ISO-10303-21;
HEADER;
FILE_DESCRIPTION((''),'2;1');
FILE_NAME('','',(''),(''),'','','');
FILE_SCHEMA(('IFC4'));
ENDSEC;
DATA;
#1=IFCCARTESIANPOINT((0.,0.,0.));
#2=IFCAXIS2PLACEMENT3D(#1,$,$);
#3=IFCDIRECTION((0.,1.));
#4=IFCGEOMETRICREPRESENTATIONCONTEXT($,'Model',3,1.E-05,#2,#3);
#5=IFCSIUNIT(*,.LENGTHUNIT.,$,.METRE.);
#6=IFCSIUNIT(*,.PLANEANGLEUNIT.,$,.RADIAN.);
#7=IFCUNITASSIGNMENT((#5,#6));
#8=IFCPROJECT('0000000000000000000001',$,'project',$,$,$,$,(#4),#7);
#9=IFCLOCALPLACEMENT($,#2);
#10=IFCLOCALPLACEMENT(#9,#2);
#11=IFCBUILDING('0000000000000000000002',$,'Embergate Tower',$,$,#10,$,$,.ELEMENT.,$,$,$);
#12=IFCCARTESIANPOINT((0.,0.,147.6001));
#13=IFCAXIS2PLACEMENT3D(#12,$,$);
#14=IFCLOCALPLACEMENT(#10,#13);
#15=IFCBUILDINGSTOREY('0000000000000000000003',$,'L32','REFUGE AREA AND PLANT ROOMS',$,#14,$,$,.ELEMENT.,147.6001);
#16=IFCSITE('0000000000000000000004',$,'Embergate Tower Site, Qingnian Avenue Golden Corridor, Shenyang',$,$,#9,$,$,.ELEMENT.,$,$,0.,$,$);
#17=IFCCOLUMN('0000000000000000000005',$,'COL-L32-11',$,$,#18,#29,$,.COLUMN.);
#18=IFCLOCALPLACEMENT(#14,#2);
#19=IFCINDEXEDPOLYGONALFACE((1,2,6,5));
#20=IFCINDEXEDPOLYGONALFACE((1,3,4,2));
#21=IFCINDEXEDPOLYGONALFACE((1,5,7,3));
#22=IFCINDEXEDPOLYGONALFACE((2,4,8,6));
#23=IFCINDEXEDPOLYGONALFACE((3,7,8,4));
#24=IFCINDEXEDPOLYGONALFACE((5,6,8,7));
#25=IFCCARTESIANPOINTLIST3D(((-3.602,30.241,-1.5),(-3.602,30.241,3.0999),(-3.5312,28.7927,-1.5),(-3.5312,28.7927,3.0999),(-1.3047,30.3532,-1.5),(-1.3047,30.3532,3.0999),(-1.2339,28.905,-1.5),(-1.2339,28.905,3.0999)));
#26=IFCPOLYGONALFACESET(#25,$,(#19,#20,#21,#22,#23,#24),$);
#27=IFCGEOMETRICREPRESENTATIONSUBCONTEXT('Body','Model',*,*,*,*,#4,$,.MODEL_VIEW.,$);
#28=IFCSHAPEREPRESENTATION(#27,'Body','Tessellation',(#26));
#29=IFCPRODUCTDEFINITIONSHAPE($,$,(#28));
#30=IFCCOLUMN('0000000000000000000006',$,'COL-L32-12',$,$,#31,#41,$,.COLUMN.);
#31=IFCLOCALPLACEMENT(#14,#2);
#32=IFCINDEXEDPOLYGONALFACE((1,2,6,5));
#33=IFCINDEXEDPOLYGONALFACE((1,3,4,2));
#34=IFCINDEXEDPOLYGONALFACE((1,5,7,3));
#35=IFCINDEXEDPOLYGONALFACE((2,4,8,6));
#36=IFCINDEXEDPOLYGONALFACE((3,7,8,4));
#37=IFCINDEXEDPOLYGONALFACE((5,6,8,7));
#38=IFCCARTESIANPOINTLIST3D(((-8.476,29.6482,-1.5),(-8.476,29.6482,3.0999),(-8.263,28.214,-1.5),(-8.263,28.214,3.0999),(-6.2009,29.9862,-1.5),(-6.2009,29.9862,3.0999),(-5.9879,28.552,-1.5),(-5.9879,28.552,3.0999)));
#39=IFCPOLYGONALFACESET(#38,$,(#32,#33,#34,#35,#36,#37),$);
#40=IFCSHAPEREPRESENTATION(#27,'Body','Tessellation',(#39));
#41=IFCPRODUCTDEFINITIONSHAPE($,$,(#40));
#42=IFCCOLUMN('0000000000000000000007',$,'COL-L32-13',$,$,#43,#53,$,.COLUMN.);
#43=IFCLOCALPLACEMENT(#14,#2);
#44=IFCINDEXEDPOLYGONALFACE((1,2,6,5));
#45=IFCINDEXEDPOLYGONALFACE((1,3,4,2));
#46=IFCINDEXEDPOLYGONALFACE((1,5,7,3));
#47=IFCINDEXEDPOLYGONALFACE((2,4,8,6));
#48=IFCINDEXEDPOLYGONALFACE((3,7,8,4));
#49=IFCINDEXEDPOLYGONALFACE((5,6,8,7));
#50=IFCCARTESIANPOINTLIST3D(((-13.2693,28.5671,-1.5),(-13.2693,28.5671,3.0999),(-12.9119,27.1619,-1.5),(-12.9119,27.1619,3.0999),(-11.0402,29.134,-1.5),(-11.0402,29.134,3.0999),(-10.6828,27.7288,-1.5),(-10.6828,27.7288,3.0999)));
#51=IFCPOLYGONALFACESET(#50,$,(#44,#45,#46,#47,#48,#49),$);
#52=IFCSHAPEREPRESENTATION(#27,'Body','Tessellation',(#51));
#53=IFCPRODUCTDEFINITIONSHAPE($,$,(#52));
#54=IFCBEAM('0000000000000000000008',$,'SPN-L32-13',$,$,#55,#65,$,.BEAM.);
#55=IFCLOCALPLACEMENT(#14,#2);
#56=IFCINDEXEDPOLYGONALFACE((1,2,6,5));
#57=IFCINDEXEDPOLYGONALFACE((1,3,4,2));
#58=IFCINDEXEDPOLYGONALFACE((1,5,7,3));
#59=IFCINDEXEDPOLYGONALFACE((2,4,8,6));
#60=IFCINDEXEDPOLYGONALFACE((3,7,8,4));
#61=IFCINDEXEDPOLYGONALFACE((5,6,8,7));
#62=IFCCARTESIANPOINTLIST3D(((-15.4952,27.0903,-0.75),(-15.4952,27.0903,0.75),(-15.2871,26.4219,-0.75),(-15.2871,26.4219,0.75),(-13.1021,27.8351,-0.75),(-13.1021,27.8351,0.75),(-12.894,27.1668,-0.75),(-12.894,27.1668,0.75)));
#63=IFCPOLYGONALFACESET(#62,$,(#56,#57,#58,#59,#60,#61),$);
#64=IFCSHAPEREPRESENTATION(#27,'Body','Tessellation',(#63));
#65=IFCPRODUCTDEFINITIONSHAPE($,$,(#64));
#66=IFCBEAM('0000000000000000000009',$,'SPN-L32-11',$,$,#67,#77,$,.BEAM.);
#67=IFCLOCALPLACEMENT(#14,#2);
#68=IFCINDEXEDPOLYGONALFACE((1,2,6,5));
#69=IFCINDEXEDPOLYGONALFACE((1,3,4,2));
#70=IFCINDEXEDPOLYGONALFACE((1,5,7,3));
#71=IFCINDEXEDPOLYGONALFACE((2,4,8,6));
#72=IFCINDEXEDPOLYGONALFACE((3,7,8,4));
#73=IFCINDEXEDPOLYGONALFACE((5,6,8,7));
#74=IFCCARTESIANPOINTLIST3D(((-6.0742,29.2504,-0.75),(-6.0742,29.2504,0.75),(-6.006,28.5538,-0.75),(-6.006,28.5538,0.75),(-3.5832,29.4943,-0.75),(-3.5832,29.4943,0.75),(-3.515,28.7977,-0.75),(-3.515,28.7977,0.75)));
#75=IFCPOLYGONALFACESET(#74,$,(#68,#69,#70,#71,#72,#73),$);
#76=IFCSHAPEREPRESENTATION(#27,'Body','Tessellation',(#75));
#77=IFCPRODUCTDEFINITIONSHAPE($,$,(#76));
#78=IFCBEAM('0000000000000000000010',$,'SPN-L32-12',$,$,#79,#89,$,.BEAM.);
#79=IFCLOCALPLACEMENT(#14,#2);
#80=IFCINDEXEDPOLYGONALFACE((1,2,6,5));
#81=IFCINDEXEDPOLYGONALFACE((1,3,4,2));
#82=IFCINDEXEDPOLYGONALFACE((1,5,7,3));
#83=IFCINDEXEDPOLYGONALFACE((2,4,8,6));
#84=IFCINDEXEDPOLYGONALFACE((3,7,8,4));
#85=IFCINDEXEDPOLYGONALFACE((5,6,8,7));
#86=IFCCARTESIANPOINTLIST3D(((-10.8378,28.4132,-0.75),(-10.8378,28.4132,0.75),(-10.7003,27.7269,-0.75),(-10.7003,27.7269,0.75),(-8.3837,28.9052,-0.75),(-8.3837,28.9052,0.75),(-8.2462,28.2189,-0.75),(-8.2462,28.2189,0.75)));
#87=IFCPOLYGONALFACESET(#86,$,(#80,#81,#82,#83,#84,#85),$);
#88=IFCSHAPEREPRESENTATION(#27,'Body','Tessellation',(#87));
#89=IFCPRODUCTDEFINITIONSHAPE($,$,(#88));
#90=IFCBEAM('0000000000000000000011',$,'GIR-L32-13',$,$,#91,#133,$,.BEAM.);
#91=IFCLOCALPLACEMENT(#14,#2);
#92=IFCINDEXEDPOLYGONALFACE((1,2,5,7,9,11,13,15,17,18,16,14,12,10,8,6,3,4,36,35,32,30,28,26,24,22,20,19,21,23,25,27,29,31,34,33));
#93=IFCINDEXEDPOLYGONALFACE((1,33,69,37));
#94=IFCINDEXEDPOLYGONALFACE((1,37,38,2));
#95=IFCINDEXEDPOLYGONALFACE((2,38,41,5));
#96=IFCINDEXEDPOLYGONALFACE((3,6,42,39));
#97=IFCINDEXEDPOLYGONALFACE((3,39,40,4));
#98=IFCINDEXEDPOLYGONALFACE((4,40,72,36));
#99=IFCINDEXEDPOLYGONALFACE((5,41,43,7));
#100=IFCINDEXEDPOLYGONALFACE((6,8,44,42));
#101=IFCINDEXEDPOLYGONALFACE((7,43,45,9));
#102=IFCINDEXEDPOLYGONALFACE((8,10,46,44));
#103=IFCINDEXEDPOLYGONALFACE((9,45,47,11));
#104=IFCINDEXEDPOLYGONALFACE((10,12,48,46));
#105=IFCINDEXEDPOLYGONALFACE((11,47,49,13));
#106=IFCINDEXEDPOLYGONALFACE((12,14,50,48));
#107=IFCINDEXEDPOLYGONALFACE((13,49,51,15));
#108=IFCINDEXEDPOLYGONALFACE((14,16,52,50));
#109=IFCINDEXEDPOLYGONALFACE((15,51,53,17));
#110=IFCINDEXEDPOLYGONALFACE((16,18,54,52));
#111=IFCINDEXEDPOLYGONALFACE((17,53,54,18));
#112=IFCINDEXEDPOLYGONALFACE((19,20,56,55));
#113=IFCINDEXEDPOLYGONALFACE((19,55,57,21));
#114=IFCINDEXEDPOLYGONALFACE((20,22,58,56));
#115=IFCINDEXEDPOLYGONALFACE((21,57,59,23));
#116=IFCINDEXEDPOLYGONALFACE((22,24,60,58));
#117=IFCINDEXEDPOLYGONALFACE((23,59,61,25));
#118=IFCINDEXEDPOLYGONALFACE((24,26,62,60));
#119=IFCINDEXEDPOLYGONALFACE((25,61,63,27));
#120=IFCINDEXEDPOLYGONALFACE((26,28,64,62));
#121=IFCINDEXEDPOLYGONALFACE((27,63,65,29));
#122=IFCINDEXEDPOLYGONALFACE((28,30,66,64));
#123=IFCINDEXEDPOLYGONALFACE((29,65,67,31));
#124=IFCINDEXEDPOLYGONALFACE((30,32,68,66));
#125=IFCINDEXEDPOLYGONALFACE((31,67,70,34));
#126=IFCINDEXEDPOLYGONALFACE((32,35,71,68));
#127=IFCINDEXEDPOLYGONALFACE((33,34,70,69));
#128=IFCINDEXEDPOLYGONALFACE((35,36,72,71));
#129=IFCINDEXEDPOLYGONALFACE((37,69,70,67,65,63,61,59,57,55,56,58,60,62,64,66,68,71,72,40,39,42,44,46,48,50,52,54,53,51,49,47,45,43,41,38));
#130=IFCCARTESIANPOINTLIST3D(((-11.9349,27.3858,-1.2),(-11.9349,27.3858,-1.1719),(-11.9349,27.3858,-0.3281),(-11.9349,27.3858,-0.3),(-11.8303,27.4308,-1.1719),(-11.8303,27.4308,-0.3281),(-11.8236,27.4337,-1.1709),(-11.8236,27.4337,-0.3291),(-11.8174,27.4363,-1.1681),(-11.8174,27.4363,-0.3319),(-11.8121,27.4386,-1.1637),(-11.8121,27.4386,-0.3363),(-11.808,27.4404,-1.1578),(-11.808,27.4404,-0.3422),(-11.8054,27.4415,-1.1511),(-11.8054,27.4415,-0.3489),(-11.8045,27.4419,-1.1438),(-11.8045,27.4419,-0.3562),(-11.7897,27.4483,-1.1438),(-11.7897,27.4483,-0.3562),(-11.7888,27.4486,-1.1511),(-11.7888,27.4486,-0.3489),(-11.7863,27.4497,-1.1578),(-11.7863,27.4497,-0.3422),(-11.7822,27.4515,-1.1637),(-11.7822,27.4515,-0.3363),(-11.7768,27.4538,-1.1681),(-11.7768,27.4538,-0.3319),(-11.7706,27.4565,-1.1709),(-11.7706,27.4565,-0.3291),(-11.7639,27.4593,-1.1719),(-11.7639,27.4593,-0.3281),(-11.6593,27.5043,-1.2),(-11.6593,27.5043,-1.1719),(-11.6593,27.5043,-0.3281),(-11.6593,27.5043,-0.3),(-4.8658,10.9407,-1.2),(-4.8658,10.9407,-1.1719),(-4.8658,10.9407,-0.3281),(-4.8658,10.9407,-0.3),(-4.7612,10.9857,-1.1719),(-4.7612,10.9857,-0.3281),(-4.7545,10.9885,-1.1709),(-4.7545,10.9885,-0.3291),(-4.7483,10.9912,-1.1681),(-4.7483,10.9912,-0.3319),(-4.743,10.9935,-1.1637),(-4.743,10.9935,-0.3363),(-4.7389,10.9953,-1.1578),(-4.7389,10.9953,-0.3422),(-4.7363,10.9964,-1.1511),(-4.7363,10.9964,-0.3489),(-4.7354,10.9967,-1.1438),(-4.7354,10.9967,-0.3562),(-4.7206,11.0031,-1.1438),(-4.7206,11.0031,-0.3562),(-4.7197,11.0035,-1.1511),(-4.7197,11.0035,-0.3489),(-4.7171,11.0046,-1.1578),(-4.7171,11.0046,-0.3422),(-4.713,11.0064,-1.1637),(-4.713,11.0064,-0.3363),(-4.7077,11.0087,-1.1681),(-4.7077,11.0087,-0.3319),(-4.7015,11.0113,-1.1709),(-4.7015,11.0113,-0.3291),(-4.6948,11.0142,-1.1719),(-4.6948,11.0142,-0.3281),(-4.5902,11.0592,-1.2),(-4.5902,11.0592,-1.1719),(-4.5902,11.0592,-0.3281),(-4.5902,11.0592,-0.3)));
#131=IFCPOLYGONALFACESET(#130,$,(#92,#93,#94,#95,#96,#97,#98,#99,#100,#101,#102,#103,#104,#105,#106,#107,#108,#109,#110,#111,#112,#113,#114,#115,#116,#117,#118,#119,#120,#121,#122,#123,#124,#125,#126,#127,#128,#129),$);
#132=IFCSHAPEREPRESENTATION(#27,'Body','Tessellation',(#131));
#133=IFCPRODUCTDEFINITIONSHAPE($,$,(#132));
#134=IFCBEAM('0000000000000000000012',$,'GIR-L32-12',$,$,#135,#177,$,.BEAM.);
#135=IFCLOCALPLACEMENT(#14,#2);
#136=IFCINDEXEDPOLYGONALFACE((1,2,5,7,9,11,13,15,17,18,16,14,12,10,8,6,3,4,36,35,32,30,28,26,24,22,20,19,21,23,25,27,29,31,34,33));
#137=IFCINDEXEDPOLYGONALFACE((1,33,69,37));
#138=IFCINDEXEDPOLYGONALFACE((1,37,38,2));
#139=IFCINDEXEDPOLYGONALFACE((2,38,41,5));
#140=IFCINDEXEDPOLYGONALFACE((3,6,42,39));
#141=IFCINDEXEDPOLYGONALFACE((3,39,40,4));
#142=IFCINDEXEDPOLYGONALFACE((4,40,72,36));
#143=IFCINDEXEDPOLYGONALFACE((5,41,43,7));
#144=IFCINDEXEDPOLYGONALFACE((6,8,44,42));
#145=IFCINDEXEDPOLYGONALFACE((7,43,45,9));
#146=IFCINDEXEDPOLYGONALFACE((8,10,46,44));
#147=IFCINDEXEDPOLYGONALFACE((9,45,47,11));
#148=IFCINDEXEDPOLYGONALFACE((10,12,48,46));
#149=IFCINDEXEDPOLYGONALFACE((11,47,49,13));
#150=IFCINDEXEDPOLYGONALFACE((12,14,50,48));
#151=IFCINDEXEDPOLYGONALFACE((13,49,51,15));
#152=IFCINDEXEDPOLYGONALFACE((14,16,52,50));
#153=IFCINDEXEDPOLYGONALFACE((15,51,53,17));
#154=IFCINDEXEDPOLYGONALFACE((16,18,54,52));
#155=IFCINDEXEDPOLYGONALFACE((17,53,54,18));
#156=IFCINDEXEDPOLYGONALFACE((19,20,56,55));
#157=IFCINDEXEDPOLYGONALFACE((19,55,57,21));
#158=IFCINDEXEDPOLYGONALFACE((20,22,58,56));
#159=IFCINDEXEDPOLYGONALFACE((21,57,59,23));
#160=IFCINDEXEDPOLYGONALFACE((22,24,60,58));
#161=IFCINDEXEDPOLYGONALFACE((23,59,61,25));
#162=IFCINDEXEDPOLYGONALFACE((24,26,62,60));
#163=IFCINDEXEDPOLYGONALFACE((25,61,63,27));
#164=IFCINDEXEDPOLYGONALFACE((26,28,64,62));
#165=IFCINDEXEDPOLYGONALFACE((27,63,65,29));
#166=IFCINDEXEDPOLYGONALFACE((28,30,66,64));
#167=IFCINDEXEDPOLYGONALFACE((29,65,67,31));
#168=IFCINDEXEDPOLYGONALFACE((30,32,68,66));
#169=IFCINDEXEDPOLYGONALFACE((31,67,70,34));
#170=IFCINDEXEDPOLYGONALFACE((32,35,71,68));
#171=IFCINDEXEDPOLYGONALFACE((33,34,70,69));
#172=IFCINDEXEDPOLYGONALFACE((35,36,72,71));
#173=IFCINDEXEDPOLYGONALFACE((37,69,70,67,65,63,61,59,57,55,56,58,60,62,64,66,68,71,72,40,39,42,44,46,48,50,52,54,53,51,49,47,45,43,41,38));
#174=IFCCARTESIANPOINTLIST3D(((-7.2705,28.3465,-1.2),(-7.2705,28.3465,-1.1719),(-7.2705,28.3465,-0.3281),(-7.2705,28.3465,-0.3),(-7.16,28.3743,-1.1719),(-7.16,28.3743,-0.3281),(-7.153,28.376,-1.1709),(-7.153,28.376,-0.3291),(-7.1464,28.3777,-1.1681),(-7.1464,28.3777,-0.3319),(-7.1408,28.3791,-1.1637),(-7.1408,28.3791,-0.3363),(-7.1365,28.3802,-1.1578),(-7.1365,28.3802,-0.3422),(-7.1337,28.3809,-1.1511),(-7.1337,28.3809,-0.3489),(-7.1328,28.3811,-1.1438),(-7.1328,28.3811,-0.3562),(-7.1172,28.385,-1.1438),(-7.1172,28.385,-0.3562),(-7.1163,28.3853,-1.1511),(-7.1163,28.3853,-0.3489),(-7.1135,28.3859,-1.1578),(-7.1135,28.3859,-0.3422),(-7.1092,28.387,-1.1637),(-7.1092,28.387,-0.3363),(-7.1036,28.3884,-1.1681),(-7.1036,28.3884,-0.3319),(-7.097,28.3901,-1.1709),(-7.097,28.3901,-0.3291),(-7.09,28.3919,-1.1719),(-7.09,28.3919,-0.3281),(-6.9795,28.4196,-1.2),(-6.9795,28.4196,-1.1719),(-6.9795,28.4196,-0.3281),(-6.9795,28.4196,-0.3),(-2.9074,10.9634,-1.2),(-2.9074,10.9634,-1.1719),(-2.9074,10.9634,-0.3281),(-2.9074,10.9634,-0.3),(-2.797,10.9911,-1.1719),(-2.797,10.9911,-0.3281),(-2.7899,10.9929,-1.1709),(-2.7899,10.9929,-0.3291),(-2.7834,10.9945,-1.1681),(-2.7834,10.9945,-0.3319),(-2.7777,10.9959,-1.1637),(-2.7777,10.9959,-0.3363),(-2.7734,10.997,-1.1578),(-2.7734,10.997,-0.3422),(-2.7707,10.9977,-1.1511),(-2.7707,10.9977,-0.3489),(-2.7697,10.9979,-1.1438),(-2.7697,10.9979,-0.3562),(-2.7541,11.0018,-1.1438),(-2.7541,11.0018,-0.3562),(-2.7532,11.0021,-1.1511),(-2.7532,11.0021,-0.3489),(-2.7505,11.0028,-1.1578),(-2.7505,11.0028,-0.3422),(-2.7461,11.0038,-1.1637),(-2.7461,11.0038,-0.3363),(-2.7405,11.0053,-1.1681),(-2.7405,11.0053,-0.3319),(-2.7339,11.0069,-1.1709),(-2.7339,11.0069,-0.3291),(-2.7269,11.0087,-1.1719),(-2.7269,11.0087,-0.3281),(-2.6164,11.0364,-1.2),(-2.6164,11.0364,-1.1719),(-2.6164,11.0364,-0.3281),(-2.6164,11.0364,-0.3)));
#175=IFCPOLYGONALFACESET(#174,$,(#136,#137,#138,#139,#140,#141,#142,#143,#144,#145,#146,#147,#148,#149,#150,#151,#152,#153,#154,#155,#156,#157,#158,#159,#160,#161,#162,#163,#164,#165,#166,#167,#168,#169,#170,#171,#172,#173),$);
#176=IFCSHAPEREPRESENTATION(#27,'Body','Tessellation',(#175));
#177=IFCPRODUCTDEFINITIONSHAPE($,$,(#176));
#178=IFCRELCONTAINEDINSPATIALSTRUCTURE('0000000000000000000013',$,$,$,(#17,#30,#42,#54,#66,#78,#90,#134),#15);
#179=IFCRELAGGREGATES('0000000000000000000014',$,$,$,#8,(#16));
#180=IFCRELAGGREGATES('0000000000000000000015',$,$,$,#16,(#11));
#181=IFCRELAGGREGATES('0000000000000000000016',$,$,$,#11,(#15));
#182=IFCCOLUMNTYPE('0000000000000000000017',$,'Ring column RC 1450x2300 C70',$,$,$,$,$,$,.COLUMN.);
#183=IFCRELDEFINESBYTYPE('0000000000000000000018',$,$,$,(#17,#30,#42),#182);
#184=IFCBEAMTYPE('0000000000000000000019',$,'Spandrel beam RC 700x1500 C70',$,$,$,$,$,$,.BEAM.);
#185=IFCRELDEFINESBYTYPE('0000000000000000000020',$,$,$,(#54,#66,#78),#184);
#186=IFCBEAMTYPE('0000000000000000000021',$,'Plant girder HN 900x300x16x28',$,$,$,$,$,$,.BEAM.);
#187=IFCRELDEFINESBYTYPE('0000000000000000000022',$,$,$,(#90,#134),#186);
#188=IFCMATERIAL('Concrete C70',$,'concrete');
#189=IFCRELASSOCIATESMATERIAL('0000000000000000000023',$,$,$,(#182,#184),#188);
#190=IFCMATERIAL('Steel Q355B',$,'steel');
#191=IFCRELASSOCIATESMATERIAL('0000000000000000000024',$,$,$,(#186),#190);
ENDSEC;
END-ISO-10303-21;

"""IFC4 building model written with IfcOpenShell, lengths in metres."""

from ifc_helpers import new_model, si_unit, direction, frame, origin, origin_2d, place, context, subcontext, project, spatial, rectangle, i_section, extrude, source, transform, mapped, material, material_profile, profile_set, type_object, element, save


model = new_model("IFC4")

# Units and contexts
model_context = context("Model", 3, precision=1e-05, world=origin(), true_north=direction((0.0, 1.0)))
body_context = subcontext(model_context, "Body", "Model", "MODEL_VIEW")
ifc_project = project(units=[si_unit("LENGTHUNIT", "METRE"), si_unit("PLANEANGLEUNIT", "RADIAN")], contexts=[model_context])

# Site, building, storey
site_placement = place(None, origin())
site = spatial("IfcSite", under=ifc_project, at=site_placement, Name="Embergate Tower Site, Qingnian Avenue Golden Corridor, Shenyang", CompositionType="ELEMENT", RefElevation=0.0)
building_placement = place(site_placement, origin())
building = spatial("IfcBuilding", under=site, at=building_placement, Name="Embergate Tower", CompositionType="ELEMENT")
storey_placement = place(building_placement, frame((0.0, 0.0, 147.6001)))
storey = spatial("IfcBuildingStorey", under=building, at=storey_placement, Name="L32", Description="REFUGE AREA AND PLANT ROOMS", CompositionType="ELEMENT", Elevation=147.6001)

# Columns
ifc_material_1 = material(Name="Concrete C70", Category="concrete")
ifc_material_profile_1 = material_profile(ifc_material_1, rectangle(XDim=1.45, YDim=2.3, at=origin_2d()), Name="RC 1450x2300")
ifc_profile_set_1 = profile_set([ifc_material_profile_1], Name="Concrete C70")
column_type = type_object("IfcColumnType", Name="Ring column RC 1450x2300 C70", PredefinedType="COLUMN", material=ifc_profile_set_1)
shared_shape_1 = source(origin(), body_context, "Body", "SweptSolid", [
    extrude(rectangle(XDim=1.45, YDim=2.3, at=origin_2d()), origin(), (0.0, 0.0, 1.0), 4.5999),
])
for number, where, z_axis, x_axis, name in (
    (1, (-2.418, 29.573, -1.5), (0.0, 0.0, 1.0), (-0.048815, 0.998808, 0.0), "COL-L32-11"),
    (2, (-7.2319, 29.1001, -1.5), (0.0, 0.0, 1.0), (-0.146929, 0.989147, 0.0), "COL-L32-12"),
    (3, (-11.9761, 28.1479, -1.5), (0.0, 0.0, 1.0), (-0.246492, 0.969145, 0.0), "COL-L32-13"),
):
    element("IfcColumn", number, at=place(storey_placement, frame(where, z_axis=z_axis, x_axis=x_axis)), inside=storey, type_object=column_type, Name=name, PredefinedType="COLUMN", context=body_context, shape_type="MappedRepresentation", body=[
        mapped(shared_shape_1, transform((0.0, 0.0, 0.0))),
    ])

# Beams
ifc_material_profile_2 = material_profile(ifc_material_1, rectangle(XDim=0.7, YDim=1.5, at=origin_2d()), Name="RC 700x1500")
ifc_profile_set_2 = profile_set([ifc_material_profile_2], Name="Concrete C70")
beam_type_1 = type_object("IfcBeamType", Name="Spandrel beam RC 700x1500 C70", PredefinedType="BEAM", material=ifc_profile_set_2)
shared_shape_2 = source(origin(), body_context, "Body", "SweptSolid", [
    extrude(rectangle(XDim=0.7, YDim=1.5, at=origin_2d()), origin(), (0.0, 0.0, 1.0), 2.5063),
])
beam_1_placement = place(storey_placement, frame((-12.998, 27.501, 0.0), z_axis=(-0.954816, -0.297199, 0.0), x_axis=(0.297199, -0.954816, 0.0)))
element("IfcBeam", 4, at=beam_1_placement, inside=storey, type_object=beam_type_1, Name="SPN-L32-13", PredefinedType="BEAM", context=body_context, shape_type="MappedRepresentation", body=[
    mapped(shared_shape_2, transform((0.0, 0.0, 0.0))),
])
shared_shape_3 = source(origin(), body_context, "Body", "SweptSolid", [
    extrude(rectangle(XDim=0.7, YDim=1.5, at=origin_2d()), origin(), (0.0, 0.0, 1.0), 2.5029),
])
for number, where, z_axis, x_axis, name in (
    (5, (-3.5491, 29.146, 0.0), (-0.995241, -0.097446, 0.0), (0.097446, -0.995241, 0.0), "SPN-L32-11"),
    (6, (-8.3149, 28.562, 0.0), (-0.980494, -0.196548, 0.0), (0.196548, -0.980494, 0.0), "SPN-L32-12"),
):
    element("IfcBeam", number, at=place(storey_placement, frame(where, z_axis=z_axis, x_axis=x_axis)), inside=storey, type_object=beam_type_1, Name=name, PredefinedType="BEAM", context=body_context, shape_type="MappedRepresentation", body=[
        mapped(shared_shape_3, transform((0.0, 0.0, 0.0))),
    ])
ifc_material_2 = material(Name="Steel Q355B", Category="steel")
ifc_material_profile_3 = material_profile(ifc_material_2, i_section(OverallWidth=0.3, OverallDepth=0.8999, WebThickness=0.0161, FlangeThickness=0.0281, FilletRadius=0.0281, at=origin_2d()), Name="HN 900x300x16x28")
ifc_profile_set_3 = profile_set([ifc_material_profile_3], Name="Steel Q355 grade B")
beam_type_2 = type_object("IfcBeamType", Name="Plant girder HN 900x300x16x28", PredefinedType="BEAM", material=ifc_profile_set_3)
shared_shape_4 = source(origin(), body_context, "Body", "SweptSolid", [
    extrude(i_section(OverallWidth=0.3, OverallDepth=0.8999, WebThickness=0.0161, FlangeThickness=0.0281, FilletRadius=0.0281, at=origin_2d()), origin(), (0.0, 0.0, 1.0), 17.9001),
])
beam_2_placement = place(storey_placement, frame((-11.7971, 27.4451, -0.75), z_axis=(0.39492, -0.918716, 0.0), x_axis=(0.918716, 0.39492, 0.0)))
element("IfcBeam", 7, at=beam_2_placement, inside=storey, type_object=beam_type_2, Name="GIR-L32-13", PredefinedType="BEAM", context=body_context, shape_type="MappedRepresentation", body=[
    mapped(shared_shape_4, transform((0.0, 0.0, 0.0))),
])
shared_shape_5 = source(origin(), body_context, "Body", "SweptSolid", [
    extrude(i_section(OverallWidth=0.3, OverallDepth=0.8999, WebThickness=0.0161, FlangeThickness=0.0281, FilletRadius=0.0281, at=origin_2d()), origin(), (0.0, 0.0, 1.0), 17.9224),
])
beam_3_placement = place(storey_placement, frame((-7.125, 28.3831, -0.75), z_axis=(0.243443, -0.969915, 0.0), x_axis=(0.969915, 0.243443, 0.0)))
element("IfcBeam", 8, at=beam_3_placement, inside=storey, type_object=beam_type_2, Name="GIR-L32-12", PredefinedType="BEAM", context=body_context, shape_type="MappedRepresentation", body=[
    mapped(shared_shape_5, transform((0.0, 0.0, 0.0))),
])

save(model, "model.ifc")
